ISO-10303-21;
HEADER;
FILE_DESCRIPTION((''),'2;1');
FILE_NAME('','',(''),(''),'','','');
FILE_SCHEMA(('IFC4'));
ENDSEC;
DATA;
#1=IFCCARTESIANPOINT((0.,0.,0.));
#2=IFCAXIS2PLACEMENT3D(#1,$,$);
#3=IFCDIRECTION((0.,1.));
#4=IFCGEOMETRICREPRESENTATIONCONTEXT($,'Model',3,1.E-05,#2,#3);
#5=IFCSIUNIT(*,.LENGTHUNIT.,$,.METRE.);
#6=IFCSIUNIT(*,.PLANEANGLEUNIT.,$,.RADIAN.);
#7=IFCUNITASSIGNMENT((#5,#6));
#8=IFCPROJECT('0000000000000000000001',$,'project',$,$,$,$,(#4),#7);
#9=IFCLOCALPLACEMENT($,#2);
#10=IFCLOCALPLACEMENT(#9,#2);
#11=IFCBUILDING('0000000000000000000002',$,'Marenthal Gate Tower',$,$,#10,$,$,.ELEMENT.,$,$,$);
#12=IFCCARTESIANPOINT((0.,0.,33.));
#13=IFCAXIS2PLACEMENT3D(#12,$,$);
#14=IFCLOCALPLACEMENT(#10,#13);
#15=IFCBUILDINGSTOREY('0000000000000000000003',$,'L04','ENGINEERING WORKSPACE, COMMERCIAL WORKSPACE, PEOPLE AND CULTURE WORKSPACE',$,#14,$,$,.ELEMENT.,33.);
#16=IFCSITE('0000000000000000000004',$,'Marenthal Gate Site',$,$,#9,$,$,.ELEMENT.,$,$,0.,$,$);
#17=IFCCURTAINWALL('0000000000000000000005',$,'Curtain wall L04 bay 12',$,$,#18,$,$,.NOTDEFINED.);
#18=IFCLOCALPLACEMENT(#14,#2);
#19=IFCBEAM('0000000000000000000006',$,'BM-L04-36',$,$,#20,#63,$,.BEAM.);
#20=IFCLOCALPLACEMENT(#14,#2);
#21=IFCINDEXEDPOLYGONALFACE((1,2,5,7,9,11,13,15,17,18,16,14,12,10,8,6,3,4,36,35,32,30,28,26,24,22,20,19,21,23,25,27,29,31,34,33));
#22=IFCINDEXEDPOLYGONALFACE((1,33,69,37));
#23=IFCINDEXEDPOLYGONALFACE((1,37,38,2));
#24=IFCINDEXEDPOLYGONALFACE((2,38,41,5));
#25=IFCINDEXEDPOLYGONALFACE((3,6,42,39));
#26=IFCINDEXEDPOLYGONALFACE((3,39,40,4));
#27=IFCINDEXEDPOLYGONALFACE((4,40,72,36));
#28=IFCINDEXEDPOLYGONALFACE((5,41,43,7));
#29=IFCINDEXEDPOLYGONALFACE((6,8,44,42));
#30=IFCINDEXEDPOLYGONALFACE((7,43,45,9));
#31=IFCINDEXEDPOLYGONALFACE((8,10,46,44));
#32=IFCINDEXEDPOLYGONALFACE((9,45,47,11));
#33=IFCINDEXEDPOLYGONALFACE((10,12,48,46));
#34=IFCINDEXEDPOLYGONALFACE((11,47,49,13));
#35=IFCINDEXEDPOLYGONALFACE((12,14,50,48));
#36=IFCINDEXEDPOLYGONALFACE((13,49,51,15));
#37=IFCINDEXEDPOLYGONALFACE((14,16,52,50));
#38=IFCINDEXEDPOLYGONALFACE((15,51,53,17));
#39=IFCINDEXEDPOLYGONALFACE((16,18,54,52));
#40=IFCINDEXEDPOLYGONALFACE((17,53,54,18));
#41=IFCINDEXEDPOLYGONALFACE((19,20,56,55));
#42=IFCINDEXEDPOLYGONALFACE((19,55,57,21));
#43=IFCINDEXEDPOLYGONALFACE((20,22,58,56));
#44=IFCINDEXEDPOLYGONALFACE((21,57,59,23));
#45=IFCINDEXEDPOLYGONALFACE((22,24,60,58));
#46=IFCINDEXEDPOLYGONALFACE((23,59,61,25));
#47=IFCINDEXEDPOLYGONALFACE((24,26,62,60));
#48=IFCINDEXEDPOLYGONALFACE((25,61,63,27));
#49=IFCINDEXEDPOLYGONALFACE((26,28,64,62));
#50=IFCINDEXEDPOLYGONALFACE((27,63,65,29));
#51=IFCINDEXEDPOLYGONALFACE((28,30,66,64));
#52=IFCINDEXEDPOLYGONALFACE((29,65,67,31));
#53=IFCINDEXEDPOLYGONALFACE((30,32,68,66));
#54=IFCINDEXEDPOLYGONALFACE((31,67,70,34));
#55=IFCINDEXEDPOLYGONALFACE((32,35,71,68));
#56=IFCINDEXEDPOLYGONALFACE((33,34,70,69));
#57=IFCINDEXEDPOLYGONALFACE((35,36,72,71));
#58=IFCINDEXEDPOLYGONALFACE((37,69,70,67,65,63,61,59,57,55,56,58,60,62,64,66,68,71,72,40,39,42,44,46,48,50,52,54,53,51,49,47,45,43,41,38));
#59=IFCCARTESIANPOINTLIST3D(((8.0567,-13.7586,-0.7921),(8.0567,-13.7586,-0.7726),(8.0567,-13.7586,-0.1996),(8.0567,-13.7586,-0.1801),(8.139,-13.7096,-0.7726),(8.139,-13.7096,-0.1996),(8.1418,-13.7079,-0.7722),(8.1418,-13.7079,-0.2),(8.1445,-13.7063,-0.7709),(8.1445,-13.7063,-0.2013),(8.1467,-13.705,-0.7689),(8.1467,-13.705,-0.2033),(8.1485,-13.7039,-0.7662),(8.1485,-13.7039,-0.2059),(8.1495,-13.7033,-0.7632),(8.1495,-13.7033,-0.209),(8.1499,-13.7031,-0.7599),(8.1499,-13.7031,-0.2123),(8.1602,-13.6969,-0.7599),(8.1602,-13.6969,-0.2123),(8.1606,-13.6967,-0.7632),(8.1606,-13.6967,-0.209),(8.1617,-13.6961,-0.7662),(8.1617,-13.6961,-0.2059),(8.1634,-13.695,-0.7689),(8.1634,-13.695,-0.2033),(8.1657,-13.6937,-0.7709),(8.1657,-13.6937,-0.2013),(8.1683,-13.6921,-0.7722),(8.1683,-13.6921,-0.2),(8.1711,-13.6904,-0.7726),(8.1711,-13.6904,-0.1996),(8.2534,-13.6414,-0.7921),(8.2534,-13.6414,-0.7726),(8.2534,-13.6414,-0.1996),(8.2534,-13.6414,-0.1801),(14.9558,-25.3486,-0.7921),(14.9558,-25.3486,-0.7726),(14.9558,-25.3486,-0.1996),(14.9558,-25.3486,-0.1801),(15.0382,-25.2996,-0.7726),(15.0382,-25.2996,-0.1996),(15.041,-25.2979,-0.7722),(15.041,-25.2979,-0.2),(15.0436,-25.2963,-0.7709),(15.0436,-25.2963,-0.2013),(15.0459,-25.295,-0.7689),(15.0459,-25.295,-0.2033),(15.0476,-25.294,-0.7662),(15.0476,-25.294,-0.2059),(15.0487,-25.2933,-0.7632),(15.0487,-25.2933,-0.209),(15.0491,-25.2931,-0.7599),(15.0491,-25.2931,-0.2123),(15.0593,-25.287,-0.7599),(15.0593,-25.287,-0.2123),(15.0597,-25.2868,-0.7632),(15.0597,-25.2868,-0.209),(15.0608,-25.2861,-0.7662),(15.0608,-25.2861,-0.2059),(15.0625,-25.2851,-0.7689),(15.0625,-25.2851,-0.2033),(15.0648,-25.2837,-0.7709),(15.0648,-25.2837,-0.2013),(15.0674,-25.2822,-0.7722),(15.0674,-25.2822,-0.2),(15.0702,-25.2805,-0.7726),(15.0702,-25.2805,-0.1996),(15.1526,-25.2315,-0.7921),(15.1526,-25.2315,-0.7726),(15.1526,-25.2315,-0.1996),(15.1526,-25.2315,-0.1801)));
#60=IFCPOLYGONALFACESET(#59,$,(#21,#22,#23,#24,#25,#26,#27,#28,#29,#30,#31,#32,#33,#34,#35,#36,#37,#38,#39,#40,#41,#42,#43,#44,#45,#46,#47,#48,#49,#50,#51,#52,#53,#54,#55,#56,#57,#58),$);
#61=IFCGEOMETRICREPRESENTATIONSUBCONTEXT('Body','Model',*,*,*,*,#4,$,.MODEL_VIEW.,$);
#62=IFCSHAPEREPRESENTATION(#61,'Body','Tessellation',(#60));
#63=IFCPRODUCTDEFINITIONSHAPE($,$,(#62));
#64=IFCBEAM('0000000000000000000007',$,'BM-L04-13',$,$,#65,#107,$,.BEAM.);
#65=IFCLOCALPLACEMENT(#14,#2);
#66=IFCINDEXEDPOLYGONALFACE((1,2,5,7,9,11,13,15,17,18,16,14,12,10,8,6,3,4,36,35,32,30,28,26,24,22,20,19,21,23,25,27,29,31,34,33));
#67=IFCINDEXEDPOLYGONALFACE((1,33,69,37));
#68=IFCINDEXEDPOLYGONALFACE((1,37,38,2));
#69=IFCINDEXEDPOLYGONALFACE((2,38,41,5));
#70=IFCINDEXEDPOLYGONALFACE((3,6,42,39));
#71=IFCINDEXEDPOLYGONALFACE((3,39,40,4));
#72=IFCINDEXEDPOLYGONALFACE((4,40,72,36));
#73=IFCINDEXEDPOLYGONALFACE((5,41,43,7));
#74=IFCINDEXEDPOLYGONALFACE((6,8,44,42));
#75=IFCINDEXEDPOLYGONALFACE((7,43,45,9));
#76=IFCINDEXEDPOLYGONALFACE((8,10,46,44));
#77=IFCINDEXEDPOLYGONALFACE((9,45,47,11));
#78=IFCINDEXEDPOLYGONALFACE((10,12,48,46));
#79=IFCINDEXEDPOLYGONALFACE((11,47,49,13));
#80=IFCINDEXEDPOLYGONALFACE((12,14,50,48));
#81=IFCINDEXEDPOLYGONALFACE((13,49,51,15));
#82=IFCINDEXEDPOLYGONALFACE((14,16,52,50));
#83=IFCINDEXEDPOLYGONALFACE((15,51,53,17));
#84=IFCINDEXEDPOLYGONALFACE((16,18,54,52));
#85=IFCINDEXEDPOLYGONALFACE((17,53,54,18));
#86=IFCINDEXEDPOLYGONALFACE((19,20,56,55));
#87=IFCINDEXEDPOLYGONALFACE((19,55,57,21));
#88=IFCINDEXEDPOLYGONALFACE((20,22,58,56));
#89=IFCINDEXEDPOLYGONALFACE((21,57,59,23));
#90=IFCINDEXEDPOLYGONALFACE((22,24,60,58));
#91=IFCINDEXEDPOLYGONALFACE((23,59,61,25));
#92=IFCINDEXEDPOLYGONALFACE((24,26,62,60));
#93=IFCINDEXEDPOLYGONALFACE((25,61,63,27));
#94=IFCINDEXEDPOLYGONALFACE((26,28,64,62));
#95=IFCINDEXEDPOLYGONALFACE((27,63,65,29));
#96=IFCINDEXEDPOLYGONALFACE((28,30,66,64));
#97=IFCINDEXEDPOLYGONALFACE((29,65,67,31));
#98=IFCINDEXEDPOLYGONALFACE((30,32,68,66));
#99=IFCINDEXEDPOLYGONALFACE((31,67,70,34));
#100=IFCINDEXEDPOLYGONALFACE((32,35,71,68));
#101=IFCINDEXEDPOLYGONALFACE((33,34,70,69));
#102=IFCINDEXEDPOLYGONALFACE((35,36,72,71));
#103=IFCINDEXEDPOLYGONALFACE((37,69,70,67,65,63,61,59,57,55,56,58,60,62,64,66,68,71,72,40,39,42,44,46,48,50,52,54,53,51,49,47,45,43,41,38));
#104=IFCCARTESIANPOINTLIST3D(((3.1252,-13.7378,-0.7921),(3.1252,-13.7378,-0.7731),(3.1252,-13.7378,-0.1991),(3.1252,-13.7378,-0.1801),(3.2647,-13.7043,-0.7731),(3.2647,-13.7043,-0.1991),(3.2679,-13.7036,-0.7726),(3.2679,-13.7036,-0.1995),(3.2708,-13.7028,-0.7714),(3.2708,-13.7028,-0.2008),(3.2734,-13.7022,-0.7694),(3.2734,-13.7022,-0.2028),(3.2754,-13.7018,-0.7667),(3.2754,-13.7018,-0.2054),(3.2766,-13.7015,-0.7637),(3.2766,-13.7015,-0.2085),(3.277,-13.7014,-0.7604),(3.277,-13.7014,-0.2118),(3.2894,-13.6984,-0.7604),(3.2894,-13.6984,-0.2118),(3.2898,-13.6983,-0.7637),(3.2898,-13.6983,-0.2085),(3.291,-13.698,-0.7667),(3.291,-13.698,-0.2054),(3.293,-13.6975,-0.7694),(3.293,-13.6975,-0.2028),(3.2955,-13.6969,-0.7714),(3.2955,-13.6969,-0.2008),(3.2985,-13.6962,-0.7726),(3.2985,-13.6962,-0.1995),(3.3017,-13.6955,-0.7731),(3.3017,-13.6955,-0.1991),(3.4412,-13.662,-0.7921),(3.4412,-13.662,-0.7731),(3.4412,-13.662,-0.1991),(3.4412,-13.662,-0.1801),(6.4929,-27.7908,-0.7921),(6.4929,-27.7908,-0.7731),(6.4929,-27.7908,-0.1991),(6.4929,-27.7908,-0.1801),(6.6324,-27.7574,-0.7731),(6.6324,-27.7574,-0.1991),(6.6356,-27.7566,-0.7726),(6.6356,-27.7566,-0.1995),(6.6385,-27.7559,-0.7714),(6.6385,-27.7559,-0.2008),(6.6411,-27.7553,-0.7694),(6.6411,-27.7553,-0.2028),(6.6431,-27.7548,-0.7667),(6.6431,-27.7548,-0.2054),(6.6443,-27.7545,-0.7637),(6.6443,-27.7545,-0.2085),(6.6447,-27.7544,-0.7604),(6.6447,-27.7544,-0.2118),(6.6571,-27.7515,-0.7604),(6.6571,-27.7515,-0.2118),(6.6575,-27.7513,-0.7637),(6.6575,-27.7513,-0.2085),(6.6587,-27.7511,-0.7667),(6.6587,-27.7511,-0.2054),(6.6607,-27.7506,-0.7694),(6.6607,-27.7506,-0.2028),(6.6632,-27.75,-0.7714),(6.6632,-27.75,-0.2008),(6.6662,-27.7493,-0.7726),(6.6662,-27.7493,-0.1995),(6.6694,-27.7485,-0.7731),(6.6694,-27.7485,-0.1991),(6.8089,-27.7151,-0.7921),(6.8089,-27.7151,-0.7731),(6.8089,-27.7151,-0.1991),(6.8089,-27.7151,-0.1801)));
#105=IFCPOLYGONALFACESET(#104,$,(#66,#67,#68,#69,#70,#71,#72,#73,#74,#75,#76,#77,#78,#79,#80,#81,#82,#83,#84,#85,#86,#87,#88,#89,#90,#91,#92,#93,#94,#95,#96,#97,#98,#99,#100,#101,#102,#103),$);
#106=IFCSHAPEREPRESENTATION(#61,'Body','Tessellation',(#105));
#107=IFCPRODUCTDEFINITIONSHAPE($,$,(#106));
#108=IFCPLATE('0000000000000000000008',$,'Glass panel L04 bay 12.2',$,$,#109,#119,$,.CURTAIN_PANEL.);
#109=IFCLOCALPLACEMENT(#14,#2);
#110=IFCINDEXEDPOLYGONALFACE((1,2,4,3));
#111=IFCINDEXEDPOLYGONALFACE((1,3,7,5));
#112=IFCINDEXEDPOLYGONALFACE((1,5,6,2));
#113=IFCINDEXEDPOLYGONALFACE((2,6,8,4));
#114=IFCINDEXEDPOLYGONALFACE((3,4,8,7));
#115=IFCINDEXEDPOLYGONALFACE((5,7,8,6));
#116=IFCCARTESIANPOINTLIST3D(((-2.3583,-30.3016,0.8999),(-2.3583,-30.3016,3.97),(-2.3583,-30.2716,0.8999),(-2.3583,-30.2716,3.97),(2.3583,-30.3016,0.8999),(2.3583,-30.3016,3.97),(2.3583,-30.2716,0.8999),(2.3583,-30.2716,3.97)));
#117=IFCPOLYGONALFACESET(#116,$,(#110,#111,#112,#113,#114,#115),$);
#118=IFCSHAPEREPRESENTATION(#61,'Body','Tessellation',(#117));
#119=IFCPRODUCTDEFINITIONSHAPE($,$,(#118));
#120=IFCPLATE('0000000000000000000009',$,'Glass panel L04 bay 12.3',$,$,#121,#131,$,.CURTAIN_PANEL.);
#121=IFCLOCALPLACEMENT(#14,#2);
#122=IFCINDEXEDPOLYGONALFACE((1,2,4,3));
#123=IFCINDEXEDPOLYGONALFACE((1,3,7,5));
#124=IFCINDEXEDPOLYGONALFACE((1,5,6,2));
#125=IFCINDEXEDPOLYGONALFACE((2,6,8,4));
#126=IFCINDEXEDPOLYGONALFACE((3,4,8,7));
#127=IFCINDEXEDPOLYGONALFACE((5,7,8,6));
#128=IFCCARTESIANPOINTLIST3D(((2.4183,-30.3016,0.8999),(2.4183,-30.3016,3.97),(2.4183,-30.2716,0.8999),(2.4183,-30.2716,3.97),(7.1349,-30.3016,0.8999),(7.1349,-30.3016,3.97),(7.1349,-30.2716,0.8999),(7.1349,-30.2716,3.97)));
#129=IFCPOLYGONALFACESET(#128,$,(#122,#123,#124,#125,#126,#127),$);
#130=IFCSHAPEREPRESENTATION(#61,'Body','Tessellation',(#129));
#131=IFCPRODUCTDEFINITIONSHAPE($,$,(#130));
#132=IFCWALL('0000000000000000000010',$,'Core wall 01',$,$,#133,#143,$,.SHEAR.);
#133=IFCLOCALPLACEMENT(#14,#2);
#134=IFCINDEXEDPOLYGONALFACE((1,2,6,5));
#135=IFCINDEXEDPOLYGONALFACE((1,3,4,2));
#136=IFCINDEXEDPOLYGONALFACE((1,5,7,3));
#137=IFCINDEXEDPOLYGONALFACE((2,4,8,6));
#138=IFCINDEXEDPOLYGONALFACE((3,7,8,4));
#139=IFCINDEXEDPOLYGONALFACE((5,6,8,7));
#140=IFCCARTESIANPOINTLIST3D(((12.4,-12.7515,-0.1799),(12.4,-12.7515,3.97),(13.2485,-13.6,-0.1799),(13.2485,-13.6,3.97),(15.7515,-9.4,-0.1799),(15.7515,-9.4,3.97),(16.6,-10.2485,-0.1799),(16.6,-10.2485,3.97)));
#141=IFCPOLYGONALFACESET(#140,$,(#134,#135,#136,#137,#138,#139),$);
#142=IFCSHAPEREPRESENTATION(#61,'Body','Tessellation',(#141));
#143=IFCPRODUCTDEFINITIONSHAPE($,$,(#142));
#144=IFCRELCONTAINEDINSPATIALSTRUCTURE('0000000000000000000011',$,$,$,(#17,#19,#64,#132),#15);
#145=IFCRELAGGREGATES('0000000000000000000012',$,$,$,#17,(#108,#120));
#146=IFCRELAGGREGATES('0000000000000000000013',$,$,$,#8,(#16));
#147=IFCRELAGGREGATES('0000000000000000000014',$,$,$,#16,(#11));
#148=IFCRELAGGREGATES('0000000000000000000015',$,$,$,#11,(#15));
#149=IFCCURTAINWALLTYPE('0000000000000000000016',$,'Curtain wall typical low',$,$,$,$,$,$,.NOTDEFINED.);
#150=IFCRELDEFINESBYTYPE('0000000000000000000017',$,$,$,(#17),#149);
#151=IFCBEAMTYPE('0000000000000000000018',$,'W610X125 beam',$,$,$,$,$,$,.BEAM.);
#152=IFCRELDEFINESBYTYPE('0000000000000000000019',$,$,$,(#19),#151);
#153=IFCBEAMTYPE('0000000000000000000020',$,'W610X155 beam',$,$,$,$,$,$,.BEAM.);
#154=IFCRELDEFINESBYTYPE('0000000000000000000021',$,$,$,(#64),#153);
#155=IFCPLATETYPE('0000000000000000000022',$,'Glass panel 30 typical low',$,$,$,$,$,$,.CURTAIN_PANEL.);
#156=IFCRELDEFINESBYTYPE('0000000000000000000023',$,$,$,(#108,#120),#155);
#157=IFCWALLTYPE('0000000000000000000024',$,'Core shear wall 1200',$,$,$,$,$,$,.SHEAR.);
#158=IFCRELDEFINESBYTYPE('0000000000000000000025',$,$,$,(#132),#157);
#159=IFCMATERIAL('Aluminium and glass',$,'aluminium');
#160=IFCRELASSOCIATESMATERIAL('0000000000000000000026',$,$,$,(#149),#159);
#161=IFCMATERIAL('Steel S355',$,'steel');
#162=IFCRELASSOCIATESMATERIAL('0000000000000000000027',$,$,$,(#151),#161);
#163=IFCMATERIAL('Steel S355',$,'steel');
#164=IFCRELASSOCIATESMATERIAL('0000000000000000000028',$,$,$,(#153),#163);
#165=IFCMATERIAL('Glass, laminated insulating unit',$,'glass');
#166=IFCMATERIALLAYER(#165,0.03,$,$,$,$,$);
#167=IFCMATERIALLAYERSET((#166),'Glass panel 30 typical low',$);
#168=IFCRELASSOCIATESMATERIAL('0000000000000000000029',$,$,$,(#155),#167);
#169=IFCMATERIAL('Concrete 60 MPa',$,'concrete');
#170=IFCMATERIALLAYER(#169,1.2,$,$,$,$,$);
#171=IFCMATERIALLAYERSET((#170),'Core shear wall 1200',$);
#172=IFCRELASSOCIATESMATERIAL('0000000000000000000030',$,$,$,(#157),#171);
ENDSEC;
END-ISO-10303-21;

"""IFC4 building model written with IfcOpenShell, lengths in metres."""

from ifc_helpers import new_model, si_unit, direction, frame, frame_2d, origin, origin_2d, place, context, subcontext, project, spatial, rectangle, i_section, extrude, material, layer, layer_set, material_profile, profile_set, type_object, element, aggregate, save


model = new_model("IFC4")

# Units and contexts
model_context = context("Model", 3, precision=1e-05, world=origin(), true_north=direction((0.0, 1.0)))
body_context = subcontext(model_context, "Body", "Model", "MODEL_VIEW")
ifc_project = project(units=[si_unit("LENGTHUNIT", "METRE"), si_unit("PLANEANGLEUNIT", "RADIAN")], contexts=[model_context])

# Site, building, storey
site_placement = place(None, origin())
site = spatial("IfcSite", under=ifc_project, at=site_placement, Name="Marenthal Gate Site", CompositionType="ELEMENT", RefElevation=0.0)
building_placement = place(site_placement, origin())
building = spatial("IfcBuilding", under=site, at=building_placement, Name="Marenthal Gate Tower", CompositionType="ELEMENT")
storey_placement = place(building_placement, frame((0.0, 0.0, 33.0)))
storey = spatial("IfcBuildingStorey", under=building, at=storey_placement, Name="L04", Description="ENGINEERING WORKSPACE, COMMERCIAL WORKSPACE, PEOPLE AND CULTURE WORKSPACE", CompositionType="ELEMENT", Elevation=33.0)

# Curtain wall
ifc_material_1 = material(Name="Aluminium and glass", Category="aluminium")
curtain_wall_type = type_object("IfcCurtainWallType", Name="Curtain wall typical low", PredefinedType="NOTDEFINED", material=ifc_material_1)
curtain_wall_placement = place(storey_placement, origin())
curtain_wall = element("IfcCurtainWall", 1, at=curtain_wall_placement, inside=storey, type_object=curtain_wall_type, Name="Curtain wall L04 bay 12", PredefinedType="NOTDEFINED")

# Beams
ifc_material_2 = material(Name="Steel S355", Category="steel")
ifc_material_profile_1 = material_profile(ifc_material_2, i_section(OverallWidth=0.229, OverallDepth=0.6121, WebThickness=0.012, FlangeThickness=0.0195, FilletRadius=0.0127, at=origin_2d()), Name="W610X125")
ifc_profile_set_1 = profile_set([ifc_material_profile_1], Name="Steel S355")
beam_type_1 = type_object("IfcBeamType", Name="W610X125 beam", PredefinedType="BEAM", material=ifc_profile_set_1)
beam_1_placement = place(storey_placement, frame((15.0542, -25.29, -0.4861), z_axis=(-0.511501, 0.859283, 0.0), x_axis=(-0.859283, -0.511501, 0.0)))
element("IfcBeam", 2, at=beam_1_placement, inside=storey, type_object=beam_type_1, Name="BM-L04-36", PredefinedType="BEAM", context=body_context, shape_type="SweptSolid", body=[
    extrude(i_section(OverallWidth=0.229, OverallDepth=0.6121, WebThickness=0.012, FlangeThickness=0.0195, FilletRadius=0.0127, at=origin_2d()), origin(), (0.0, 0.0, 1.0), 13.488),
])
ifc_material_3 = material(Name="Steel S355", Category="steel")
ifc_material_profile_2 = material_profile(ifc_material_3, i_section(OverallWidth=0.325, OverallDepth=0.6121, WebThickness=0.0127, FlangeThickness=0.019, FilletRadius=0.0127, at=origin_2d()), Name="W610X155")
ifc_profile_set_2 = profile_set([ifc_material_profile_2], Name="Steel S355")
beam_type_2 = type_object("IfcBeamType", Name="W610X155 beam", PredefinedType="BEAM", material=ifc_profile_set_2)
beam_2_placement = place(storey_placement, frame((6.6509, -27.7529, -0.4861), z_axis=(-0.233043, 0.972466, 0.0), x_axis=(-0.972466, -0.233043, 0.0)))
element("IfcBeam", 3, at=beam_2_placement, inside=storey, type_object=beam_type_2, Name="BM-L04-13", PredefinedType="BEAM", context=body_context, shape_type="SweptSolid", body=[
    extrude(i_section(OverallWidth=0.325, OverallDepth=0.6121, WebThickness=0.0127, FlangeThickness=0.019, FilletRadius=0.0127, at=origin_2d()), origin(), (0.0, 0.0, 1.0), 14.4509),
])

# Plates
ifc_material_4 = material(Name="Glass, laminated insulating unit", Category="glass")
ifc_layer_1 = layer(ifc_material_4, 0.03)
ifc_layer_set_1 = layer_set([ifc_layer_1], Name="Glass panel 30 typical low")
plate_type = type_object("IfcPlateType", Name="Glass panel 30 typical low", PredefinedType="CURTAIN_PANEL", material=ifc_layer_set_1)
plate_1_placement = place(storey_placement, frame((0.0, -30.2866, 0.8999), z_axis=(0.0, 0.0, 1.0), x_axis=(1.0, 0.0, 0.0)))
plate_1 = element("IfcPlate", 4, at=plate_1_placement, type_object=plate_type, Name="Glass panel L04 bay 12.2", PredefinedType="CURTAIN_PANEL", context=body_context, shape_type="SweptSolid", body=[
    extrude(rectangle(XDim=4.7166, YDim=0.03, at=origin_2d()), origin(), (0.0, 0.0, 1.0), 3.0701),
])
plate_2_placement = place(storey_placement, frame((4.7766, -30.2866, 0.8999), z_axis=(0.0, 0.0, 1.0), x_axis=(1.0, 0.0, 0.0)))
plate_2 = element("IfcPlate", 5, at=plate_2_placement, type_object=plate_type, Name="Glass panel L04 bay 12.3", PredefinedType="CURTAIN_PANEL", context=body_context, shape_type="SweptSolid", body=[
    extrude(rectangle(XDim=4.7166, YDim=0.03, at=origin_2d()), origin(), (0.0, 0.0, 1.0), 3.0701),
])
aggregate(curtain_wall, [plate_1, plate_2])

# Wall
ifc_material_5 = material(Name="Concrete 60 MPa", Category="concrete")
ifc_layer_2 = layer(ifc_material_5, 1.2)
ifc_layer_set_2 = layer_set([ifc_layer_2], Name="Core shear wall 1200")
wall_type_1 = type_object("IfcWallType", Name="Core shear wall 1200", PredefinedType="SHEAR", material=ifc_layer_set_2)
wall_1_placement = place(storey_placement, frame((12.8242, -13.1758, -0.1799), z_axis=(0.0, 0.0, 1.0), x_axis=(0.707107, 0.707107, 0.0)))
element("IfcWall", 6, at=wall_1_placement, inside=storey, type_object=wall_type_1, Name="Core wall 01", PredefinedType="SHEAR", context=body_context, shape_type="SweptSolid", body=[
    extrude(rectangle(XDim=4.7397, YDim=1.2, at=frame_2d((2.3699, 0.0))), origin(), (0.0, 0.0, 1.0), 4.1499),
])

save(model, "model.ifc")
